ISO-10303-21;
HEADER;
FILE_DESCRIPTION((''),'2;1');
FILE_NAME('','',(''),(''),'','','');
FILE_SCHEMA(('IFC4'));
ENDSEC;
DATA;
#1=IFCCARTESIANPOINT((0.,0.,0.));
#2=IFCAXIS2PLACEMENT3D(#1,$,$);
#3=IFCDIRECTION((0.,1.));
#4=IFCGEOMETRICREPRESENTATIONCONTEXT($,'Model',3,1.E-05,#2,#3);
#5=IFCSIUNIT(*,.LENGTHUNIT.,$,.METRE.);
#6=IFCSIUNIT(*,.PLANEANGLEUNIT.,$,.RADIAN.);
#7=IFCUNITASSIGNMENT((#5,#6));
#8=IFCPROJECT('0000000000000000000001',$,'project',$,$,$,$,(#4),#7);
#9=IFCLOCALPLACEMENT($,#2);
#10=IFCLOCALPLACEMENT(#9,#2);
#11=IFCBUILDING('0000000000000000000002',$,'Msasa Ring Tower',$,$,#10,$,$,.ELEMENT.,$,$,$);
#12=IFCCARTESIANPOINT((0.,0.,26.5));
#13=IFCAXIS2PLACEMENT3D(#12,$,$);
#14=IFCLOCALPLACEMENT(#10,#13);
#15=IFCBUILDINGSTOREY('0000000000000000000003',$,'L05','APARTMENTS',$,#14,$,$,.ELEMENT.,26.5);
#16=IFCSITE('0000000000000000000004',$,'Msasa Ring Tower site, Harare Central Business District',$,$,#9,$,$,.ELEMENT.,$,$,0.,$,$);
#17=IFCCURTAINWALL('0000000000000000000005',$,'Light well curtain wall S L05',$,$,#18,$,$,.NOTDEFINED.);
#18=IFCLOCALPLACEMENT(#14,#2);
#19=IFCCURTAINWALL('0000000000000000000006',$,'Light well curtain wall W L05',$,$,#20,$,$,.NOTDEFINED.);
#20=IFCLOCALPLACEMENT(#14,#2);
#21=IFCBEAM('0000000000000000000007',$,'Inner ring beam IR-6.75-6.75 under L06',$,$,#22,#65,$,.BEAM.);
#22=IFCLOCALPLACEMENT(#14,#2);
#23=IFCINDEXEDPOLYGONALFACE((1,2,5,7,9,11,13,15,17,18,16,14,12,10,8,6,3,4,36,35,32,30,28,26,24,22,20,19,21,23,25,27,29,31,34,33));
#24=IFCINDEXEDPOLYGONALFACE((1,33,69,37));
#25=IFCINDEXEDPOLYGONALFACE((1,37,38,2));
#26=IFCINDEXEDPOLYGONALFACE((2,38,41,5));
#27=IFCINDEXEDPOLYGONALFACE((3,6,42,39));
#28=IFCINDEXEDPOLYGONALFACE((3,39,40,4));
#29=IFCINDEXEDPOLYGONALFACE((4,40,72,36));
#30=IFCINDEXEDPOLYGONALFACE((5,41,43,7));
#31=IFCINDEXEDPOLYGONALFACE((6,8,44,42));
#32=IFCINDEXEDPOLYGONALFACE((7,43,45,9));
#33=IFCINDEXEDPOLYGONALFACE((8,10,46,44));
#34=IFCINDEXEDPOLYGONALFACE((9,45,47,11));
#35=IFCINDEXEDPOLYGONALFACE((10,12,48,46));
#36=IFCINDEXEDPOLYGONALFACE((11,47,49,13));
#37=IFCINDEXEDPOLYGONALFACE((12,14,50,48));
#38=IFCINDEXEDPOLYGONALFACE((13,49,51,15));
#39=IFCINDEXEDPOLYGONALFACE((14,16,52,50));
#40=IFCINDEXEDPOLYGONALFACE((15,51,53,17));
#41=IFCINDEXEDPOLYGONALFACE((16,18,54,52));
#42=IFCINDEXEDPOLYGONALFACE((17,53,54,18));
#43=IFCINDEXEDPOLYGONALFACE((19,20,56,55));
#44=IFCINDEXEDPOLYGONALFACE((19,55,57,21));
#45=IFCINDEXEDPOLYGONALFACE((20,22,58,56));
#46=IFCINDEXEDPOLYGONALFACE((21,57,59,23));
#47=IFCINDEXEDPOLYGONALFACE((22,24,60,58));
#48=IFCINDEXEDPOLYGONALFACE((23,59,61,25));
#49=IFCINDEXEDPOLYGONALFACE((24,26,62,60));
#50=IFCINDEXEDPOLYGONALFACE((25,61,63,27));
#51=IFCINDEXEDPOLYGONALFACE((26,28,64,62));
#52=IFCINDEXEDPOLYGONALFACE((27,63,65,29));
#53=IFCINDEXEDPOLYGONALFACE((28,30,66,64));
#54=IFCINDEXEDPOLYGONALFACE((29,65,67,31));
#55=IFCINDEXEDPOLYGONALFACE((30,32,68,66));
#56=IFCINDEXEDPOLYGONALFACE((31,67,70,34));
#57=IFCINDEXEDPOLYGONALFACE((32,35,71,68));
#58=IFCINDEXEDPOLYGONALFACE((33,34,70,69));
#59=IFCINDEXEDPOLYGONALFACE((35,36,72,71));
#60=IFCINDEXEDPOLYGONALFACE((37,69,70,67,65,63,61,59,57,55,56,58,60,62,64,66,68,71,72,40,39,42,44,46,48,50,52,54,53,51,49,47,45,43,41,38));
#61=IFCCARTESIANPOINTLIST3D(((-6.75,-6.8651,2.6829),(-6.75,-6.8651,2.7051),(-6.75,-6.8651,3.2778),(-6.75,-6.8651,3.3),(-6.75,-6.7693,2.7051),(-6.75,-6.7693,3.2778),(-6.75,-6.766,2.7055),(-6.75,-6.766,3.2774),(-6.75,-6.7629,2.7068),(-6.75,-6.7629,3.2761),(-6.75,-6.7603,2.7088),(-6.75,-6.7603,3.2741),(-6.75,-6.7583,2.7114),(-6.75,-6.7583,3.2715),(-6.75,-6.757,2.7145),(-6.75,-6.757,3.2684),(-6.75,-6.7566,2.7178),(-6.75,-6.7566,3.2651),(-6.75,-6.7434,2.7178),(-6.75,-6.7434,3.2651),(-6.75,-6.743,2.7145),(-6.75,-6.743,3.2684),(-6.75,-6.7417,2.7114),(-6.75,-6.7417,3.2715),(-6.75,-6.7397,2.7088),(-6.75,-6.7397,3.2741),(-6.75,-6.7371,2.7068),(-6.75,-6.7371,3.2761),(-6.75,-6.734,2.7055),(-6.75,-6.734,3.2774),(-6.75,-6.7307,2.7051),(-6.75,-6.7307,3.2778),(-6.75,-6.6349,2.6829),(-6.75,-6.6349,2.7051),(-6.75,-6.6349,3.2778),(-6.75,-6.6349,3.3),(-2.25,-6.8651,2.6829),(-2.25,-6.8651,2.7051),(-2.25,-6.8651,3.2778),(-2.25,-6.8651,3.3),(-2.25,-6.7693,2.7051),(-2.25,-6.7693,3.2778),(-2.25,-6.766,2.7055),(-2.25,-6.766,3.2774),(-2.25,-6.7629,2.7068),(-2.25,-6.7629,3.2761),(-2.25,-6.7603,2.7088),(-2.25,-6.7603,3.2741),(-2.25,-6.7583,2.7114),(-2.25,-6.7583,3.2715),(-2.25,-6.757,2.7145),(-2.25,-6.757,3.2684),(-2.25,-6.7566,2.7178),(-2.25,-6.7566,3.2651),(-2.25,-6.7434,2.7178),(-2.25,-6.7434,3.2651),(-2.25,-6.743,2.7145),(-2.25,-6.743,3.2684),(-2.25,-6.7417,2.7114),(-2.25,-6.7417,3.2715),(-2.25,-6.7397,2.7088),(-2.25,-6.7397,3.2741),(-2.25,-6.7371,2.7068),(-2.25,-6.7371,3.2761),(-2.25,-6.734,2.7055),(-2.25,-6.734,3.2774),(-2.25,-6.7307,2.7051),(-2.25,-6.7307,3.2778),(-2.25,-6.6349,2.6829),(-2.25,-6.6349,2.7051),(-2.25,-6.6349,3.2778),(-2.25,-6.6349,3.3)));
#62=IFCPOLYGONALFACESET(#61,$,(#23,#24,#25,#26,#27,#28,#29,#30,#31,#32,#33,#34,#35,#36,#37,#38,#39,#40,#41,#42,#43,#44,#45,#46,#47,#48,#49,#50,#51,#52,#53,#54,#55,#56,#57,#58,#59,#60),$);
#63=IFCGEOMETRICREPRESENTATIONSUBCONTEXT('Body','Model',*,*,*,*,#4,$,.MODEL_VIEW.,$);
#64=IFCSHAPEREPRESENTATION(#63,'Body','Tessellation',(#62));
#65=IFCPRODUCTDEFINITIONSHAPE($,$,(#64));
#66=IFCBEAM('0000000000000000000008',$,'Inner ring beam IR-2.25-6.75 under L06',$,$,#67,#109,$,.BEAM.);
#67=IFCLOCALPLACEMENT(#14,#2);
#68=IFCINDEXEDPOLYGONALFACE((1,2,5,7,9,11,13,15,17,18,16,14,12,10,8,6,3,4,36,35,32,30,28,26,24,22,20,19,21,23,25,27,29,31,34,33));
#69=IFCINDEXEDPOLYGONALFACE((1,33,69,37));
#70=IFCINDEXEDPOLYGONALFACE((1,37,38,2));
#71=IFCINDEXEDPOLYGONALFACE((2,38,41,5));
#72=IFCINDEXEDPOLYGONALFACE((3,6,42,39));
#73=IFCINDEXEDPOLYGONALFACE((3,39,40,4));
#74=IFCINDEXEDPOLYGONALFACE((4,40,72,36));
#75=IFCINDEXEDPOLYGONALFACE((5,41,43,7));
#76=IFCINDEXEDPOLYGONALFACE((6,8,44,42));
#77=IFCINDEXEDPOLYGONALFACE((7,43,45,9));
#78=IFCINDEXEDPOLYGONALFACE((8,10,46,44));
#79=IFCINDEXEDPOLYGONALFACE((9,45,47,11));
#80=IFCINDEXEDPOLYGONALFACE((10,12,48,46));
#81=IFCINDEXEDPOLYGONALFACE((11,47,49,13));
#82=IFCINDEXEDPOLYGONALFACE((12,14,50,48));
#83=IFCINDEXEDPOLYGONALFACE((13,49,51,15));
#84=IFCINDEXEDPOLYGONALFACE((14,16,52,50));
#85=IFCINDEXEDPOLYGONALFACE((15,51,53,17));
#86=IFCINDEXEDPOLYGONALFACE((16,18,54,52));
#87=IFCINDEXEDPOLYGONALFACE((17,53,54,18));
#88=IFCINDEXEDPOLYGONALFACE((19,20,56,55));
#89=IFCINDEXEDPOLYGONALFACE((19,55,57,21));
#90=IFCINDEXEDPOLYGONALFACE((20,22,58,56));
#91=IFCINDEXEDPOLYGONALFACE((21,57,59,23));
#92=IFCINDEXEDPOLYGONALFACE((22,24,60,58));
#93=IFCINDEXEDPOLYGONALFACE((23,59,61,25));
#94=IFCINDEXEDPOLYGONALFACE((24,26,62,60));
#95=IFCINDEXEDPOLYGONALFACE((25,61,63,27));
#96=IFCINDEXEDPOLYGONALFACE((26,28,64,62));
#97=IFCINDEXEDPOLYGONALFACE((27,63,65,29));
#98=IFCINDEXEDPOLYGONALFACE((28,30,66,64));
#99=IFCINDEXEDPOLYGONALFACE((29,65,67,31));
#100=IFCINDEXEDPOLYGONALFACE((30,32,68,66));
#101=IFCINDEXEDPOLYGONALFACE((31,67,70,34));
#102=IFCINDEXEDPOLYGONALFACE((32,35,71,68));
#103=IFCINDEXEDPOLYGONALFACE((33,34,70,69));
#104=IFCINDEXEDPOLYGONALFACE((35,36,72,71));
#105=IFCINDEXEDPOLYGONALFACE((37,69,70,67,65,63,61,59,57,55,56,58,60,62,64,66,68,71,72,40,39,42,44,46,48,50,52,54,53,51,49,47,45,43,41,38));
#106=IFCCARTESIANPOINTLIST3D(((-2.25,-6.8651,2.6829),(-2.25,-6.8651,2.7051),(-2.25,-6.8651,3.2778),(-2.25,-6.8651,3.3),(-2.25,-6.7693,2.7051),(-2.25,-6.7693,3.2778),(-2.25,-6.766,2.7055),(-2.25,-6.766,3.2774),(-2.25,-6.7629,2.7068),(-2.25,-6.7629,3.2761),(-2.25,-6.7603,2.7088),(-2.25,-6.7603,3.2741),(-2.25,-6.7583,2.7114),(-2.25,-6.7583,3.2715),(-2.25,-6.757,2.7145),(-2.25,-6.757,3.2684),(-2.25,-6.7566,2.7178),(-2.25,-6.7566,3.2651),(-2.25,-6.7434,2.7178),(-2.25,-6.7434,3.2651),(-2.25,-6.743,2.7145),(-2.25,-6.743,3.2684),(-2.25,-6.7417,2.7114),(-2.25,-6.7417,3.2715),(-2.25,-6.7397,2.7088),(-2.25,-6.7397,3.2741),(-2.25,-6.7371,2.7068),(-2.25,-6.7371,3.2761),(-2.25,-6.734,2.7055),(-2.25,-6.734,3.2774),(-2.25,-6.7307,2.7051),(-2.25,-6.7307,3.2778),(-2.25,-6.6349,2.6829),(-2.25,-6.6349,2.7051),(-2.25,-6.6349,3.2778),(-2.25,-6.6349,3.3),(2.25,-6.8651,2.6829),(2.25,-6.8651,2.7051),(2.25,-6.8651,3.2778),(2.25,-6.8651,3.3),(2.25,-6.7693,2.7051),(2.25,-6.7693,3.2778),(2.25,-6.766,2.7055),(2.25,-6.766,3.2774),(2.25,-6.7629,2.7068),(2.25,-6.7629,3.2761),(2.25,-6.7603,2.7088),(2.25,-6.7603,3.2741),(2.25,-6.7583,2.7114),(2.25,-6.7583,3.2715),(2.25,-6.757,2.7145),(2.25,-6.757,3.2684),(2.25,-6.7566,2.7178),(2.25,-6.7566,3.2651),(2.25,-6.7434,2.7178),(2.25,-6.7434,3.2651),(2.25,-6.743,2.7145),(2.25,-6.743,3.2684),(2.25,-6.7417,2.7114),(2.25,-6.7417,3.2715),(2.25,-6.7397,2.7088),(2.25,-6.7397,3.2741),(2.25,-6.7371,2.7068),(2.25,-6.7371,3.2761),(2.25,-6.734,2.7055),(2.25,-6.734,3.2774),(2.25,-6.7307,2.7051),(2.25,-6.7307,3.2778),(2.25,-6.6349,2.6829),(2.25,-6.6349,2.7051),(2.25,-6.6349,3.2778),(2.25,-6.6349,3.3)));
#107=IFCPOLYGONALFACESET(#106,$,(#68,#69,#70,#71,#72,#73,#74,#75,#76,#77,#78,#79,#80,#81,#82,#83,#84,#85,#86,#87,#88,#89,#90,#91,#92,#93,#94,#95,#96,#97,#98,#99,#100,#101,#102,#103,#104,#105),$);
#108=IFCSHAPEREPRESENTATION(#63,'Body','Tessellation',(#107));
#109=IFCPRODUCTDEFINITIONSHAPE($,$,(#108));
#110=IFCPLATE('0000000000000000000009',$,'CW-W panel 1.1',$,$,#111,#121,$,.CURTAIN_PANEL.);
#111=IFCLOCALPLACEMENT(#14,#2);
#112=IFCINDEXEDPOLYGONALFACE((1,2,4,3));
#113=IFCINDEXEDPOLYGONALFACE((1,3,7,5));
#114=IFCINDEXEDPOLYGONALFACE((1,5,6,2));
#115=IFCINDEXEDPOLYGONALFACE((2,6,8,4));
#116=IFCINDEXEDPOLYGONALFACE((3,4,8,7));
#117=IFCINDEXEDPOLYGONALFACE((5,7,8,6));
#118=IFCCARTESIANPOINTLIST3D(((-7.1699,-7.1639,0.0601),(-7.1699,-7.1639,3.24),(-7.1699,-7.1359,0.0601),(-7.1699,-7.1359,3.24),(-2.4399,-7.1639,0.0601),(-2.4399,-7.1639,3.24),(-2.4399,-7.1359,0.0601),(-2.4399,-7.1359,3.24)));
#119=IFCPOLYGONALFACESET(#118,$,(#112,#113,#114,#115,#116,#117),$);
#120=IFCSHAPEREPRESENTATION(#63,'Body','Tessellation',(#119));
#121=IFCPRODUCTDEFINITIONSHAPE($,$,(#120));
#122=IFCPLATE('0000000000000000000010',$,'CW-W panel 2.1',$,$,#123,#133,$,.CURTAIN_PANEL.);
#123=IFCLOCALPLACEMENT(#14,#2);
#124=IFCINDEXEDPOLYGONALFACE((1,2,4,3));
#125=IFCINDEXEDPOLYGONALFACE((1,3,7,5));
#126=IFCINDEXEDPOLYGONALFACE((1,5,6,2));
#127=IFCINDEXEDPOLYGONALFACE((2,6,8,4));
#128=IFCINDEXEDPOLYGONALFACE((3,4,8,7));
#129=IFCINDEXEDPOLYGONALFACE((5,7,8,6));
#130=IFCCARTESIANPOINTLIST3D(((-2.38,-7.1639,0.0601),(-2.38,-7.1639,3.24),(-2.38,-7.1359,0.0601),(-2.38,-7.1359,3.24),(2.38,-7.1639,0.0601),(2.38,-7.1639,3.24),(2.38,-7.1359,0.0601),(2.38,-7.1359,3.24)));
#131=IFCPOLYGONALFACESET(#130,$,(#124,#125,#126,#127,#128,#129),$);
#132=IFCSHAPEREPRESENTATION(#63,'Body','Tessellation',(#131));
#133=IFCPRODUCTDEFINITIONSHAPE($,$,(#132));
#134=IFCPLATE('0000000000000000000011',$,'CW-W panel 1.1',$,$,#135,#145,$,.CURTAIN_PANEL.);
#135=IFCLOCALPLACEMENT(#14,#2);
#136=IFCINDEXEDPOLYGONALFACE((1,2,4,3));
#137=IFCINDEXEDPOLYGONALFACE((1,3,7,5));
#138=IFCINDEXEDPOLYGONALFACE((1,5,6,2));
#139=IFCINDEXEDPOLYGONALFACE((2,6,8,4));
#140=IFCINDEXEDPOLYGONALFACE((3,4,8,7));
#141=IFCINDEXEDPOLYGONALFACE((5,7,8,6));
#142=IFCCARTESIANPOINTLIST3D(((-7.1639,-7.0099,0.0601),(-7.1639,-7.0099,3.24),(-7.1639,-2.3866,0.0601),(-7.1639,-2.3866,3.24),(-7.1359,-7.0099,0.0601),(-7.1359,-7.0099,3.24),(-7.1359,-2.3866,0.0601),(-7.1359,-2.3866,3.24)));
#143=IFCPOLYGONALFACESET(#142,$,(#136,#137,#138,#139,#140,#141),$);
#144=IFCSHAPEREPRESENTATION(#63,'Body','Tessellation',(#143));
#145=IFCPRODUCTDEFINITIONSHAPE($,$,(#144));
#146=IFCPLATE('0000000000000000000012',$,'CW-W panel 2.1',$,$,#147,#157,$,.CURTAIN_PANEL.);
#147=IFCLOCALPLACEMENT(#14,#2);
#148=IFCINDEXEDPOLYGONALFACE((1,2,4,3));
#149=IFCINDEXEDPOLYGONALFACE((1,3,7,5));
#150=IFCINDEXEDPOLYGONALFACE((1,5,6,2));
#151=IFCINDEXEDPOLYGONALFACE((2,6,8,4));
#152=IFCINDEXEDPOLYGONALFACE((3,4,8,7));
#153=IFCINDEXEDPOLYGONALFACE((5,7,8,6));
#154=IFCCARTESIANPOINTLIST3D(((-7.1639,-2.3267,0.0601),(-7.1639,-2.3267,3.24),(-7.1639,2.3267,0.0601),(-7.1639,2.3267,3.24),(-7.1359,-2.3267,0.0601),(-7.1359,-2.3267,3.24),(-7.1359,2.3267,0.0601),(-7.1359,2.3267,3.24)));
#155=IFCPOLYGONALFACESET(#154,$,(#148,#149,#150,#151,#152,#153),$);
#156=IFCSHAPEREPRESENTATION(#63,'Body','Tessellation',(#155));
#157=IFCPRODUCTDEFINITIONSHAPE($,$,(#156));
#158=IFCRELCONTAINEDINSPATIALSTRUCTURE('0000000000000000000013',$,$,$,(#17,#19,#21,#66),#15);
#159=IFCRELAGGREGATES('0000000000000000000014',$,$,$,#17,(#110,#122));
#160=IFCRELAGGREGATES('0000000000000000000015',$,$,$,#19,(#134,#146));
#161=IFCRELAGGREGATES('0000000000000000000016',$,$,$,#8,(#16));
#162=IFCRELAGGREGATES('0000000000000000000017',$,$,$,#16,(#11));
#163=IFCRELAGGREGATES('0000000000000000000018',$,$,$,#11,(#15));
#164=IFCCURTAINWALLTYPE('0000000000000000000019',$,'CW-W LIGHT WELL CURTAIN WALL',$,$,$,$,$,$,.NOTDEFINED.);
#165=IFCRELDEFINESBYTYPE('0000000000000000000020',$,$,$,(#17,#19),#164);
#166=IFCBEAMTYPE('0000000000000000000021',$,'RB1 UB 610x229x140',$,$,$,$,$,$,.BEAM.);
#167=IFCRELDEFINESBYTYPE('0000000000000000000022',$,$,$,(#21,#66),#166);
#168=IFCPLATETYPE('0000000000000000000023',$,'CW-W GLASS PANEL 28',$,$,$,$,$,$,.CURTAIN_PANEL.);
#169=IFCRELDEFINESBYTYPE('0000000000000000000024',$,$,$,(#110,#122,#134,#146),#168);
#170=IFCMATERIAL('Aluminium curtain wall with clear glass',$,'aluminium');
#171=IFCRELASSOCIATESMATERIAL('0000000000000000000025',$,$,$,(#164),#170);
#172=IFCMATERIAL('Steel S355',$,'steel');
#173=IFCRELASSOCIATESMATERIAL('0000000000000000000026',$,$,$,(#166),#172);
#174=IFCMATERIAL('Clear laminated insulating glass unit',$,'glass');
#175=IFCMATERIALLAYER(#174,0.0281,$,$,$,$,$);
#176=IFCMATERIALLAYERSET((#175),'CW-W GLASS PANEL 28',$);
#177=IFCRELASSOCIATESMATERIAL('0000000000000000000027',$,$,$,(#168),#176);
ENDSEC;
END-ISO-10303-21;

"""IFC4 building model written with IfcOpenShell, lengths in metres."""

from ifc_helpers import new_model, si_unit, direction, frame, origin, origin_2d, place, context, subcontext, project, spatial, rectangle, i_section, extrude, material, layer, layer_set, material_profile, profile_set, type_object, element, aggregate, save


model = new_model("IFC4")

# Units and contexts
model_context = context("Model", 3, precision=1e-05, world=origin(), true_north=direction((0.0, 1.0)))
body_context = subcontext(model_context, "Body", "Model", "MODEL_VIEW")
ifc_project = project(units=[si_unit("LENGTHUNIT", "METRE"), si_unit("PLANEANGLEUNIT", "RADIAN")], contexts=[model_context])

# Site, building, storey
site_placement = place(None, origin())
site = spatial("IfcSite", under=ifc_project, at=site_placement, Name="Msasa Ring Tower site, Harare Central Business District", CompositionType="ELEMENT", RefElevation=0.0)
building_placement = place(site_placement, origin())
building = spatial("IfcBuilding", under=site, at=building_placement, Name="Msasa Ring Tower", CompositionType="ELEMENT")
storey_placement = place(building_placement, frame((0.0, 0.0, 26.5)))
storey = spatial("IfcBuildingStorey", under=building, at=storey_placement, Name="L05", Description="APARTMENTS", CompositionType="ELEMENT", Elevation=26.5)

# Curtain walls
ifc_material_1 = material(Name="Aluminium curtain wall with clear glass", Category="aluminium")
curtain_wall_type = type_object("IfcCurtainWallType", Name="CW-W LIGHT WELL CURTAIN WALL", PredefinedType="NOTDEFINED", material=ifc_material_1)
curtain_wall_1_placement = place(storey_placement, origin())
curtain_wall_1 = element("IfcCurtainWall", 1, at=curtain_wall_1_placement, inside=storey, type_object=curtain_wall_type, Name="Light well curtain wall S L05", PredefinedType="NOTDEFINED")
curtain_wall_2_placement = place(storey_placement, origin())
curtain_wall_2 = element("IfcCurtainWall", 2, at=curtain_wall_2_placement, inside=storey, type_object=curtain_wall_type, Name="Light well curtain wall W L05", PredefinedType="NOTDEFINED")

# Beams
ifc_material_2 = material(Name="Steel S355", Category="steel")
ifc_material_profile_1 = material_profile(ifc_material_2, i_section(OverallWidth=0.2302, OverallDepth=0.6172, WebThickness=0.0132, FlangeThickness=0.0222, FilletRadius=0.0127, at=origin_2d()), Name="UB 610x229x140")
ifc_profile_set_1 = profile_set([ifc_material_profile_1], Name="Steel S355")
beam_type = type_object("IfcBeamType", Name="RB1 UB 610x229x140", PredefinedType="BEAM", material=ifc_profile_set_1)
for number, where, z_axis, x_axis, name in (
    (3, (-6.75, -6.75, 2.9915), (1.0, 0.0, 0.0), (0.0, 1.0, 0.0), "Inner ring beam IR-6.75-6.75 under L06"),
    (4, (-2.25, -6.75, 2.9915), (1.0, 0.0, 0.0), (0.0, 1.0, 0.0), "Inner ring beam IR-2.25-6.75 under L06"),
):
    element("IfcBeam", number, at=place(storey_placement, frame(where, z_axis=z_axis, x_axis=x_axis)), inside=storey, type_object=beam_type, Name=name, PredefinedType="BEAM", context=body_context, shape_type="SweptSolid", body=[
        extrude(i_section(OverallWidth=0.2302, OverallDepth=0.6172, WebThickness=0.0132, FlangeThickness=0.0222, FilletRadius=0.0127, at=origin_2d()), origin(), (0.0, 0.0, 1.0), 4.5),
    ])

# Plates
ifc_material_3 = material(Name="Clear laminated insulating glass unit", Category="glass")
ifc_layer = layer(ifc_material_3, 0.0281)
ifc_layer_set = layer_set([ifc_layer], Name="CW-W GLASS PANEL 28")
plate_type = type_object("IfcPlateType", Name="CW-W GLASS PANEL 28", PredefinedType="CURTAIN_PANEL", material=ifc_layer_set)
plate_1_placement = place(storey_placement, frame((-4.8049, -7.1499, 0.0601), z_axis=(0.0, 0.0, 1.0), x_axis=(1.0, 0.0, 0.0)))
plate_1 = element("IfcPlate", 5, at=plate_1_placement, type_object=plate_type, Name="CW-W panel 1.1", PredefinedType="CURTAIN_PANEL", context=body_context, shape_type="SweptSolid", body=[
    extrude(rectangle(XDim=4.73, YDim=0.0281, at=origin_2d()), origin(), (0.0, 0.0, 1.0), 3.1799),
])
plate_2_placement = place(storey_placement, frame((0.0, -7.1499, 0.0601), z_axis=(0.0, 0.0, 1.0), x_axis=(1.0, 0.0, 0.0)))
plate_2 = element("IfcPlate", 6, at=plate_2_placement, type_object=plate_type, Name="CW-W panel 2.1", PredefinedType="CURTAIN_PANEL", context=body_context, shape_type="SweptSolid", body=[
    extrude(rectangle(XDim=4.76, YDim=0.0281, at=origin_2d()), origin(), (0.0, 0.0, 1.0), 3.1799),
])
aggregate(curtain_wall_1, [plate_1, plate_2])
plate_3_placement = place(storey_placement, frame((-7.1499, -4.6982, 0.0601), z_axis=(0.0, 0.0, 1.0), x_axis=(0.0, 1.0, 0.0)))
plate_3 = element("IfcPlate", 7, at=plate_3_placement, type_object=plate_type, Name="CW-W panel 1.1", PredefinedType="CURTAIN_PANEL", context=body_context, shape_type="SweptSolid", body=[
    extrude(rectangle(XDim=4.6233, YDim=0.0281, at=origin_2d()), origin(), (0.0, 0.0, 1.0), 3.1799),
])
plate_4_placement = place(storey_placement, frame((-7.1499, 0.0, 0.0601), z_axis=(0.0, 0.0, 1.0), x_axis=(0.0, 1.0, 0.0)))
plate_4 = element("IfcPlate", 8, at=plate_4_placement, type_object=plate_type, Name="CW-W panel 2.1", PredefinedType="CURTAIN_PANEL", context=body_context, shape_type="SweptSolid", body=[
    extrude(rectangle(XDim=4.6533, YDim=0.0281, at=origin_2d()), origin(), (0.0, 0.0, 1.0), 3.1799),
])
aggregate(curtain_wall_2, [plate_3, plate_4])

save(model, "model.ifc")
